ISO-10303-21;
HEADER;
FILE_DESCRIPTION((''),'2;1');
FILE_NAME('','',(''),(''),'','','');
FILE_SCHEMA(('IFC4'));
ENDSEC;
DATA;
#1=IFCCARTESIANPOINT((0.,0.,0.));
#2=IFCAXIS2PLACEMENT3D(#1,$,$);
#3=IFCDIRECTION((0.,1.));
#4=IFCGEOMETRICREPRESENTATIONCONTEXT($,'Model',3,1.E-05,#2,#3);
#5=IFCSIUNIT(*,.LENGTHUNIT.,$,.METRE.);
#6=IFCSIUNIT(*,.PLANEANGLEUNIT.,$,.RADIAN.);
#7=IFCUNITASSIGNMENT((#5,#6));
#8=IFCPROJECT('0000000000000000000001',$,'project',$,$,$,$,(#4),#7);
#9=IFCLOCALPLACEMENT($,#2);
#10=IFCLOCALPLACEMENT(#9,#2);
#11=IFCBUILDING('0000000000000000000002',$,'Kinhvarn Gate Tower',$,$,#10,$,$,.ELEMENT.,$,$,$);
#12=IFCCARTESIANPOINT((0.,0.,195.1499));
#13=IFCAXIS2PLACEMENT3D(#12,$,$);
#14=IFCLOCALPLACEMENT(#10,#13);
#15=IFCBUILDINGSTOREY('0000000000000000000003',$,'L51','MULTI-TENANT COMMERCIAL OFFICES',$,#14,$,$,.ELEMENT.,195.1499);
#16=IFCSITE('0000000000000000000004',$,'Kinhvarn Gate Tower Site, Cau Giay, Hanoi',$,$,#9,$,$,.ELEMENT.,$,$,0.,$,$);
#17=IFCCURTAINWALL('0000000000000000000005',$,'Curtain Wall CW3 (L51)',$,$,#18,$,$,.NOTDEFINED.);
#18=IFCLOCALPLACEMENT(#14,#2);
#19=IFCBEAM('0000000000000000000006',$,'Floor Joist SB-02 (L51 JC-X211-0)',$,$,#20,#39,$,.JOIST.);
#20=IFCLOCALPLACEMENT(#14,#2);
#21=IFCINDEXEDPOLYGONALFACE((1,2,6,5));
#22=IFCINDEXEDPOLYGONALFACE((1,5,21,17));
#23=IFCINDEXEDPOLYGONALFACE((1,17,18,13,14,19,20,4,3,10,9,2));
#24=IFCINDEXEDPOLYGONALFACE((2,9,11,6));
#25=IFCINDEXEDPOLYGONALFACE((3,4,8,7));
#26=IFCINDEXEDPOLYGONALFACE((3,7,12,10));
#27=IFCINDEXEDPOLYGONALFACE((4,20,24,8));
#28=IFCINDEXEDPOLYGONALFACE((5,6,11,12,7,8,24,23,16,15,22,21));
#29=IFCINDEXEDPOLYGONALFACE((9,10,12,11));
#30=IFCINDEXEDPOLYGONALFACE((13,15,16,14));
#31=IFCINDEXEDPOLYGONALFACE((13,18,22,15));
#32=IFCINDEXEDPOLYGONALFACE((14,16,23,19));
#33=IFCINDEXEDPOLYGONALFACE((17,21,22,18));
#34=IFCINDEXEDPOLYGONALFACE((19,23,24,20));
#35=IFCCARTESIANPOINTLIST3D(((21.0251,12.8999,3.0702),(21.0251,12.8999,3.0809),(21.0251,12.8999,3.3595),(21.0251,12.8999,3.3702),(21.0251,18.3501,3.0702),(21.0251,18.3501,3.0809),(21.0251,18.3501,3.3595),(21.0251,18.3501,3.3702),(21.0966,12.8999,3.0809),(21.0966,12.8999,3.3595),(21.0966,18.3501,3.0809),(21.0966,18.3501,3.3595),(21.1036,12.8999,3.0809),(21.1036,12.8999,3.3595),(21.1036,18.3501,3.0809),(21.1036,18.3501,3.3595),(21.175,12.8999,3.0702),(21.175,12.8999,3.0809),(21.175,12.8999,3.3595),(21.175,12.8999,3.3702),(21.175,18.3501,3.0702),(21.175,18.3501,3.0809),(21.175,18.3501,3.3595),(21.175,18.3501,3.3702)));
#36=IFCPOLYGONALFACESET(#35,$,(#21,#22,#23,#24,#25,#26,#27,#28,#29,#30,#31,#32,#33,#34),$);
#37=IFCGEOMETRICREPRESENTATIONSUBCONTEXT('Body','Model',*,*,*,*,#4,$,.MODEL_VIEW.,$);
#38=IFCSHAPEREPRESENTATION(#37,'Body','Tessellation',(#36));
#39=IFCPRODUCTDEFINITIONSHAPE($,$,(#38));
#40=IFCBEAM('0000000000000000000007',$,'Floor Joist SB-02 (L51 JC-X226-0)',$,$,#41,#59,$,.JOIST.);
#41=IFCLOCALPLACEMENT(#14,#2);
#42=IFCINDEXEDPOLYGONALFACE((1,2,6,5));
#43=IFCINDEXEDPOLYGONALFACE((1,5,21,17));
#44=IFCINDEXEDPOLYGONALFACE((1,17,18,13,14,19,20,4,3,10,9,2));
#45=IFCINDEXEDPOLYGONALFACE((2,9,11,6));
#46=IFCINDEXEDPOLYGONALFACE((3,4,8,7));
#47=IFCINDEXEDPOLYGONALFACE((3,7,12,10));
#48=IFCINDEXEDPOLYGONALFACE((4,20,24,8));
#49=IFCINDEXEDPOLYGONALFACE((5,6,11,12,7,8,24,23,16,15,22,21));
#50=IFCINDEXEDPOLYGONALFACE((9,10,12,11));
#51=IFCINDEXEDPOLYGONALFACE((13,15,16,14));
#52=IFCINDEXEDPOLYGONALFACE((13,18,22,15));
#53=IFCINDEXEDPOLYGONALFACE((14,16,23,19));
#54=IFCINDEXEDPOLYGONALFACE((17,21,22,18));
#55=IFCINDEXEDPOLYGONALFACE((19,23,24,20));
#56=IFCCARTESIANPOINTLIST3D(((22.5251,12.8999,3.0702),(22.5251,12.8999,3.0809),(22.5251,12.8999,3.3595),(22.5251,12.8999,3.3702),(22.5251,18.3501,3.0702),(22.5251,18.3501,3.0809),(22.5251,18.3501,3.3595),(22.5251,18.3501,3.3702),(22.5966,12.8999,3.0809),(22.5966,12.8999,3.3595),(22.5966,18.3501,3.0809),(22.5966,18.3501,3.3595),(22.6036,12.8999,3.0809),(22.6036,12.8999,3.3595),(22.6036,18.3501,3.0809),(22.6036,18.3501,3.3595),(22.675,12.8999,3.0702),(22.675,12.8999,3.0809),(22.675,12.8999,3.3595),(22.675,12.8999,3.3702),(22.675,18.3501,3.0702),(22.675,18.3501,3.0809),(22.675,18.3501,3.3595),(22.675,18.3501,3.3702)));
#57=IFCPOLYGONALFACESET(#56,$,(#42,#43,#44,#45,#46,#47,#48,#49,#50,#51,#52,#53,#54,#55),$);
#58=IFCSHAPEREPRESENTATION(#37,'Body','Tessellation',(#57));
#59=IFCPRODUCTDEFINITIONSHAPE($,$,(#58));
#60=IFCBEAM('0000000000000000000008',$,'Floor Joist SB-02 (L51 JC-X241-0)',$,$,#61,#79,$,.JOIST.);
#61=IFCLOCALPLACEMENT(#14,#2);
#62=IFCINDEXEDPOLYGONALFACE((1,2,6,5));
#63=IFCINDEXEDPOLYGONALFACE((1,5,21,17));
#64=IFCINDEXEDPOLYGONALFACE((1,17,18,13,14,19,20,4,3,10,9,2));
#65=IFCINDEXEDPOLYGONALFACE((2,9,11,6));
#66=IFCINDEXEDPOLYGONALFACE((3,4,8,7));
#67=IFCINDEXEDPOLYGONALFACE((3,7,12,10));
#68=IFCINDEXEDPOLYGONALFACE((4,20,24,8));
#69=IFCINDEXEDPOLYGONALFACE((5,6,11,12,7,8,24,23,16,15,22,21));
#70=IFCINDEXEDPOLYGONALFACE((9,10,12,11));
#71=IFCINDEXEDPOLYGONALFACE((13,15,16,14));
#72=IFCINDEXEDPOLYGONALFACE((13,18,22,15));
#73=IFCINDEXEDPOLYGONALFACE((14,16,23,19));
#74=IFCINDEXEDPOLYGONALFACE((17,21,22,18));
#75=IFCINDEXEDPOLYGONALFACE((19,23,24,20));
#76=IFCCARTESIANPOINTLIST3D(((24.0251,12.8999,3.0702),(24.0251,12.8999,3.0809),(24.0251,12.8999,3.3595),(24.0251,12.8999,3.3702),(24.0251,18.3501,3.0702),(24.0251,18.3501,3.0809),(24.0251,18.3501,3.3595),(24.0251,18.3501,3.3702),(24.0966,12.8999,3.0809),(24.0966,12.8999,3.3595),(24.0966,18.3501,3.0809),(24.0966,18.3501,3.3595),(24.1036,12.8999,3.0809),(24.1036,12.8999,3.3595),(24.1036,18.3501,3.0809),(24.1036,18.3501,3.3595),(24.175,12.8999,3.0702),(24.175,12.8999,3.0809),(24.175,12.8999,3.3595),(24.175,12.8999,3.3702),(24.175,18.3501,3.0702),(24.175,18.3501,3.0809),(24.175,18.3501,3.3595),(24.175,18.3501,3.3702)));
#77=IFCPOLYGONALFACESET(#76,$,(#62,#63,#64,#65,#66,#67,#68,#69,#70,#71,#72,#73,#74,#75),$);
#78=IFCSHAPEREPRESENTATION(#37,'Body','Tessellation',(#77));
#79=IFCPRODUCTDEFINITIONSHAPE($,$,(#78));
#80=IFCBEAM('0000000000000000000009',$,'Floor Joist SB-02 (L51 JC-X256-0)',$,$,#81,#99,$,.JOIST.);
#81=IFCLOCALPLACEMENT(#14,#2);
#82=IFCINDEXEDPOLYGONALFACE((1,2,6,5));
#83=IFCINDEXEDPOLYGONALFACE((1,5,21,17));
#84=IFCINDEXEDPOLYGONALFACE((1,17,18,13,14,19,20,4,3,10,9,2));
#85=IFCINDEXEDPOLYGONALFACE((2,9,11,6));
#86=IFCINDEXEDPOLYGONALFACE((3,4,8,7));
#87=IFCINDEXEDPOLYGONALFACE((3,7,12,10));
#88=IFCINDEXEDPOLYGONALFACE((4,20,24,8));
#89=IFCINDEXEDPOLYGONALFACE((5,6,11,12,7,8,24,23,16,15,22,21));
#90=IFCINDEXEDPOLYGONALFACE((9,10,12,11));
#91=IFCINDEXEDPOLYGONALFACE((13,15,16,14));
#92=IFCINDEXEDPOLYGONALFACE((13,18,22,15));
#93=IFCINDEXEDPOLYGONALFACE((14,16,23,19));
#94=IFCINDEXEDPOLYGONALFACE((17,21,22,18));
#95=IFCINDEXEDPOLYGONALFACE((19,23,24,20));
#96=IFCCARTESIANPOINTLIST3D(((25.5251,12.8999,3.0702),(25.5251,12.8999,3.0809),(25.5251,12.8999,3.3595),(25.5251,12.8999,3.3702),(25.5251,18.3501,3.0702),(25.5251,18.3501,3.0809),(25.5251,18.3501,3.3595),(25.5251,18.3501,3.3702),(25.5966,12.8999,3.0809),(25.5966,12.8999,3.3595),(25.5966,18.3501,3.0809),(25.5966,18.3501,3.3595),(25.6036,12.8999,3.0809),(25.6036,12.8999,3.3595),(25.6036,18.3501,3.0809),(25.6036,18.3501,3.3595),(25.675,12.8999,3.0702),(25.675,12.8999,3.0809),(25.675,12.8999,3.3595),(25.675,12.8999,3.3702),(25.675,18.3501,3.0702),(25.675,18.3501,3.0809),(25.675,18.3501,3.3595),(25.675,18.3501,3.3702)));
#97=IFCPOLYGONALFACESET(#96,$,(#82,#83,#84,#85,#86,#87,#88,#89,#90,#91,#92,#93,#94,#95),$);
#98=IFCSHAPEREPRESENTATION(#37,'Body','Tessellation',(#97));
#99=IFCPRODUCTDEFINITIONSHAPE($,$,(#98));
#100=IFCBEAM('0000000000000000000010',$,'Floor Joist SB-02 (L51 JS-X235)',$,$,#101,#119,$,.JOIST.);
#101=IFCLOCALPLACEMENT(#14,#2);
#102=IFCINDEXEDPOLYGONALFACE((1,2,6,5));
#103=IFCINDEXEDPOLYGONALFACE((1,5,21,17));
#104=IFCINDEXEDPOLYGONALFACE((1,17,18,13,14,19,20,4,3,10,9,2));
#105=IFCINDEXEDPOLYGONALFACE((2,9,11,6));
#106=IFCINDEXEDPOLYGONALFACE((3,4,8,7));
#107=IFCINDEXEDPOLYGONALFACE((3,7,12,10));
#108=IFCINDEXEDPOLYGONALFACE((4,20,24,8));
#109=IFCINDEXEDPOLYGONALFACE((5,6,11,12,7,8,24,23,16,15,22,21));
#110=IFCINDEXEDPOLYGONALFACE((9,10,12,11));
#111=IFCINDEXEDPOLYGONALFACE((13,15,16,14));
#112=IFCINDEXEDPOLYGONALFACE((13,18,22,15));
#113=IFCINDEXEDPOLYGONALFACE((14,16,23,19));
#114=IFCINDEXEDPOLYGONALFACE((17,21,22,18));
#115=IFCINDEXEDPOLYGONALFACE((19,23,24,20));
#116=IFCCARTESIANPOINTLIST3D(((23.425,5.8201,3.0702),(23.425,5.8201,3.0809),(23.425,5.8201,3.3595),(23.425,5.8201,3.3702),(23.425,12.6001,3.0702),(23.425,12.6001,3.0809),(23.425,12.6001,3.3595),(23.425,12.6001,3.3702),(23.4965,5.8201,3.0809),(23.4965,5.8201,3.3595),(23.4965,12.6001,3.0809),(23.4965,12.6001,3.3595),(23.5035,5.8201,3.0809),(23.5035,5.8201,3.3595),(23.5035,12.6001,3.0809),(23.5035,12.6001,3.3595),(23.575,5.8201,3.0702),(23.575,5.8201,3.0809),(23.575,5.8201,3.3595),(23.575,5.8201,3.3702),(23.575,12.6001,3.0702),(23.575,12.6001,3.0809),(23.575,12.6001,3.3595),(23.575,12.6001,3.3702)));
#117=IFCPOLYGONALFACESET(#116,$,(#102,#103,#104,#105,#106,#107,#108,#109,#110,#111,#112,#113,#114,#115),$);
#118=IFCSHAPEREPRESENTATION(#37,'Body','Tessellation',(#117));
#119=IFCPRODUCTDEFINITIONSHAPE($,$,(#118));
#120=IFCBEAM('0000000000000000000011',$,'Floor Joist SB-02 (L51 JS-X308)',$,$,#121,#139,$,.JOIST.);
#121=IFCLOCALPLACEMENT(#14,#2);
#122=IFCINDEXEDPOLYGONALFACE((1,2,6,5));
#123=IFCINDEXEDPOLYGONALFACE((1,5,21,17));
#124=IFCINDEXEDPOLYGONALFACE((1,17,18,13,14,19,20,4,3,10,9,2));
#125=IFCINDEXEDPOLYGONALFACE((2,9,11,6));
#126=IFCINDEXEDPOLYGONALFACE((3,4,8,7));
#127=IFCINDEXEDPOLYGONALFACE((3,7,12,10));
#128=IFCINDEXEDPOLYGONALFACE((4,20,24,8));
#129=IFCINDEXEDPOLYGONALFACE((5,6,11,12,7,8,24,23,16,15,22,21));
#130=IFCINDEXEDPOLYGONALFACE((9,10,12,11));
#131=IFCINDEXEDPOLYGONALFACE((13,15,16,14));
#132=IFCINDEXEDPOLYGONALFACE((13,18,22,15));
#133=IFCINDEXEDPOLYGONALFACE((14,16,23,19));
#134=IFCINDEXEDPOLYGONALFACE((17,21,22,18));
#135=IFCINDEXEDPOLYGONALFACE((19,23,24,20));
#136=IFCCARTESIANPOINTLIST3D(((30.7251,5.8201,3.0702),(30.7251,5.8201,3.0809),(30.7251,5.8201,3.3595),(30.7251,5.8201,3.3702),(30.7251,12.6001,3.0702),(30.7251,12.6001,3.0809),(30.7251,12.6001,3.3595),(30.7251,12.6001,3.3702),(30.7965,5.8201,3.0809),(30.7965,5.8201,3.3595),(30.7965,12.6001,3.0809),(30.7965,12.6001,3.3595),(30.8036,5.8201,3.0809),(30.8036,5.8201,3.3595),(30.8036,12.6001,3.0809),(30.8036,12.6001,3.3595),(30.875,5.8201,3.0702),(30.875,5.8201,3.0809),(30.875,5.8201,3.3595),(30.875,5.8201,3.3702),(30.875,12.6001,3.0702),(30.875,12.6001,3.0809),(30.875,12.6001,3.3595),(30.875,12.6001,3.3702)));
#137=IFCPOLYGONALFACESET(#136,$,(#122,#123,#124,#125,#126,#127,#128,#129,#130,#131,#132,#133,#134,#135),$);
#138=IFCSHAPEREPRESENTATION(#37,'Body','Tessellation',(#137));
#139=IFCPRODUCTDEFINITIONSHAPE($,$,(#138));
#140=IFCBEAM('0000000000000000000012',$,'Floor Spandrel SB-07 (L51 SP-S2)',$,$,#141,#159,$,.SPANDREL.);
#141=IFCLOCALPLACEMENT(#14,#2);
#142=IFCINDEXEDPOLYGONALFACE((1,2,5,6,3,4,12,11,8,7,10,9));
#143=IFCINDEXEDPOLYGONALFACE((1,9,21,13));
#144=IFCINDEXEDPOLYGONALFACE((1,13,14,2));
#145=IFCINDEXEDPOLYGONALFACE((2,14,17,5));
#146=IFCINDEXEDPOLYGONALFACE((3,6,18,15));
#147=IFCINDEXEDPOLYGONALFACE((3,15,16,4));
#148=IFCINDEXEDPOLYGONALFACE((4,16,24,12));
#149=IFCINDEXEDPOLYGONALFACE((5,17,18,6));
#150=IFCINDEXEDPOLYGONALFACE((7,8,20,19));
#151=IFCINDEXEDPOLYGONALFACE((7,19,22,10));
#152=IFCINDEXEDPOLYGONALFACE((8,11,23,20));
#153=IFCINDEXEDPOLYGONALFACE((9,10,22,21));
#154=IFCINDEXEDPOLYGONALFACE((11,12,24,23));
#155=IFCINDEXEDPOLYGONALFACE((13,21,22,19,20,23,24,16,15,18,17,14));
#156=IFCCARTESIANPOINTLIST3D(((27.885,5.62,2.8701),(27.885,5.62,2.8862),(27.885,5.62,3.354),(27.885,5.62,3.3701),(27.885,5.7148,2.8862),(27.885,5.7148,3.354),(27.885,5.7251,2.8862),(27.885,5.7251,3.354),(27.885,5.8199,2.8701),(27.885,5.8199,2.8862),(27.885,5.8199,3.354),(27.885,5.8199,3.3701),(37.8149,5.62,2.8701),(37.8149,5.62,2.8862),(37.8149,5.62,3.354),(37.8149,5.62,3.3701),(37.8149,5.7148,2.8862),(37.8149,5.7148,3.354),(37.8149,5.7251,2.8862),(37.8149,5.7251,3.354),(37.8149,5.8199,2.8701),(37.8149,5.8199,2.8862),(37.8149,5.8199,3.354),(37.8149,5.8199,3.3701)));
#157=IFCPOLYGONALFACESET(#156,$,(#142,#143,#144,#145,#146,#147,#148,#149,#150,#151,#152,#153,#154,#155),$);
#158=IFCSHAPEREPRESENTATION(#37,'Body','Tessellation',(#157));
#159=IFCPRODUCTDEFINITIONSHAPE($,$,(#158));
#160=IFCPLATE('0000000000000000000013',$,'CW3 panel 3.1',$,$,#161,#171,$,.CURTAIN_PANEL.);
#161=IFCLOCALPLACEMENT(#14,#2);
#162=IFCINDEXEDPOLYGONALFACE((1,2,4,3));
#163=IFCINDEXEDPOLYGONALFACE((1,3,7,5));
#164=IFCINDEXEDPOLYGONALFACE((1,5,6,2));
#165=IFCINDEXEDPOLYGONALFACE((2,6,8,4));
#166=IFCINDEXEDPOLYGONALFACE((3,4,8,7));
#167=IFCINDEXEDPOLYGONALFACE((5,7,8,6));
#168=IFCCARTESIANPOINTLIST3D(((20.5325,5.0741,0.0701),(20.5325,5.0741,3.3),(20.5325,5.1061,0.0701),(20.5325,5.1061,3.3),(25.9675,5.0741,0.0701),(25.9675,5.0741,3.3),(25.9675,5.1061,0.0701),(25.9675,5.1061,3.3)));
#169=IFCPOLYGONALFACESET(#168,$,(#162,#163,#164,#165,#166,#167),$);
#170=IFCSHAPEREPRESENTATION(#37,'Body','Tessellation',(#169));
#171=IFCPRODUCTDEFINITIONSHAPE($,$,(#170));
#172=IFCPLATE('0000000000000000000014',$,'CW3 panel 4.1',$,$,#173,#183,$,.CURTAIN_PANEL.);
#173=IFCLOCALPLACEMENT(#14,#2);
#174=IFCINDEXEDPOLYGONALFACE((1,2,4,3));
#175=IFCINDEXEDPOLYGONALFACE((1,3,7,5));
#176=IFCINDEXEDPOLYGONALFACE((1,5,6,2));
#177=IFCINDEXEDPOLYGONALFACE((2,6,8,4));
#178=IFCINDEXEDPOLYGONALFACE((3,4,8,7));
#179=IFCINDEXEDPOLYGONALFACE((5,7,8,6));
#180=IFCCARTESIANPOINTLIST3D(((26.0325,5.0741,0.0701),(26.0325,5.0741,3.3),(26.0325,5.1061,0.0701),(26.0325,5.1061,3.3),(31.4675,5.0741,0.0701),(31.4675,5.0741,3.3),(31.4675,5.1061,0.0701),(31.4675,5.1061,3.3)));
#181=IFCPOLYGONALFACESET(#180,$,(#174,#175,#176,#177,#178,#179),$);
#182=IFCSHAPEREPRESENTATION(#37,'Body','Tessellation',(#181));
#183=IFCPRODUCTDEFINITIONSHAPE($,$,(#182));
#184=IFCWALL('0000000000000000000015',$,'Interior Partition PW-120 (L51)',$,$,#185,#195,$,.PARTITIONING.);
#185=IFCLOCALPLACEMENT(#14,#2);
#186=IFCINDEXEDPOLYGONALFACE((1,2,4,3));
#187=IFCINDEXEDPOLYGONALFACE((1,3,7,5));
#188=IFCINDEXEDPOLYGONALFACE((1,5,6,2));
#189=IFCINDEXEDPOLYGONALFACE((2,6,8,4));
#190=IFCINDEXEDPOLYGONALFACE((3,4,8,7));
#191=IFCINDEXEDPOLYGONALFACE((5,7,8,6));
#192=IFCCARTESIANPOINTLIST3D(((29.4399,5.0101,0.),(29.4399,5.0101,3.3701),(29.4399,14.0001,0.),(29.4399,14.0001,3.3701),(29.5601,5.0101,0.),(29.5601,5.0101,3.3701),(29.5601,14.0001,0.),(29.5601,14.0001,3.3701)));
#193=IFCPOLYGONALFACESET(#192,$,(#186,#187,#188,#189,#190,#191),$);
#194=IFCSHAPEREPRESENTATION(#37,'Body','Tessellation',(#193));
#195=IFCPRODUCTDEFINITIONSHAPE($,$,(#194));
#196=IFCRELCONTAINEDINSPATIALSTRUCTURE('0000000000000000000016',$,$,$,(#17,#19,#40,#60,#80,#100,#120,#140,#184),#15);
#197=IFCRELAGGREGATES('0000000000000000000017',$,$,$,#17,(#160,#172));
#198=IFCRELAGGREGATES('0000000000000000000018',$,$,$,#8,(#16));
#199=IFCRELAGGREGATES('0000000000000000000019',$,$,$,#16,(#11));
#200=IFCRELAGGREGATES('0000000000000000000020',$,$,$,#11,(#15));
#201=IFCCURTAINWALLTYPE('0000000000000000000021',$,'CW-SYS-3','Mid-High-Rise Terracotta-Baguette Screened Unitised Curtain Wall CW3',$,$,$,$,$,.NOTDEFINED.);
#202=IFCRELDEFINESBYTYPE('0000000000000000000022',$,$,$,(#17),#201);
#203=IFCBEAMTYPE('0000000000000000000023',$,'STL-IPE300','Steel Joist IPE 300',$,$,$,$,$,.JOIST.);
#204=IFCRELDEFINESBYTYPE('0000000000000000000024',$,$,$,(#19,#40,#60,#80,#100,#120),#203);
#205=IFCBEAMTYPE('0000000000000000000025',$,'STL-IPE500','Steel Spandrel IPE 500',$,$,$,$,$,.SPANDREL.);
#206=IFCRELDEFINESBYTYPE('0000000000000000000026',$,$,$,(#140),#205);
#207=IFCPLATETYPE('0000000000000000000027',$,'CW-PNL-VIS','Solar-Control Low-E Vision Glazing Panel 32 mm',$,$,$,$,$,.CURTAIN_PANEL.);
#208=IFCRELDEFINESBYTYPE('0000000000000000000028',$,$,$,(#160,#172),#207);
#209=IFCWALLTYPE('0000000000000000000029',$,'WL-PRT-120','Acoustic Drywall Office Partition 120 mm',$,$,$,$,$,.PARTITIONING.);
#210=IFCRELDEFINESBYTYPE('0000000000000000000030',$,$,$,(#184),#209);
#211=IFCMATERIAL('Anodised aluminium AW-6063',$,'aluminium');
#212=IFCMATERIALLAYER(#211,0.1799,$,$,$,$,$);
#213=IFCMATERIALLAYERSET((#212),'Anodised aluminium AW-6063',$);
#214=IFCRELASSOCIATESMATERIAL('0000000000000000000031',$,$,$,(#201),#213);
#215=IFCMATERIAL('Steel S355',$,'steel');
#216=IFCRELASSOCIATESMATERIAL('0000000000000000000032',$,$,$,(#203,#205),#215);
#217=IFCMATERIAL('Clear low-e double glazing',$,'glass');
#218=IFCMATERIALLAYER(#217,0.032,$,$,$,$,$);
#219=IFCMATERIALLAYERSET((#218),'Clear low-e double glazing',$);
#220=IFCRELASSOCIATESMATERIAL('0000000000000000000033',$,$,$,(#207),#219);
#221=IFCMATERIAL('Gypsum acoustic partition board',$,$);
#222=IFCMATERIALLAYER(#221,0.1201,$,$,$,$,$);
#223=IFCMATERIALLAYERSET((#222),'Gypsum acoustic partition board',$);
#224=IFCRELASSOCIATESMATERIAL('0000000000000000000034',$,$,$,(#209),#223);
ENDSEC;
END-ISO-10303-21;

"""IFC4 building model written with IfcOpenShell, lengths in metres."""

from ifc_helpers import new_model, si_unit, direction, frame, frame_2d, origin, origin_2d, place, context, subcontext, project, spatial, rectangle, i_section, extrude, material, layer, layer_set, material_profile, profile_set, type_object, element, aggregate, save


model = new_model("IFC4")

# Units and contexts
model_context = context("Model", 3, precision=1e-05, world=origin(), true_north=direction((0.0, 1.0)))
body_context = subcontext(model_context, "Body", "Model", "MODEL_VIEW")
ifc_project = project(units=[si_unit("LENGTHUNIT", "METRE"), si_unit("PLANEANGLEUNIT", "RADIAN")], contexts=[model_context])

# Site, building, storey
site_placement = place(None, origin())
site = spatial("IfcSite", under=ifc_project, at=site_placement, Name="Kinhvarn Gate Tower Site, Cau Giay, Hanoi", CompositionType="ELEMENT", RefElevation=0.0)
building_placement = place(site_placement, origin())
building = spatial("IfcBuilding", under=site, at=building_placement, Name="Kinhvarn Gate Tower", CompositionType="ELEMENT")
storey_placement = place(building_placement, frame((0.0, 0.0, 195.1499)))
storey = spatial("IfcBuildingStorey", under=building, at=storey_placement, Name="L51", Description="MULTI-TENANT COMMERCIAL OFFICES", CompositionType="ELEMENT", Elevation=195.1499)

# Curtain wall
ifc_material_1 = material(Name="Anodised aluminium AW-6063", Category="aluminium")
ifc_layer_1 = layer(ifc_material_1, 0.1799)
ifc_layer_set_1 = layer_set([ifc_layer_1], Name="Anodised aluminium AW-6063")
curtain_wall_type = type_object("IfcCurtainWallType", Name="CW-SYS-3", Description="Mid-High-Rise Terracotta-Baguette Screened Unitised Curtain Wall CW3", PredefinedType="NOTDEFINED", material=ifc_layer_set_1)
curtain_wall_placement = place(storey_placement, origin())
curtain_wall = element("IfcCurtainWall", 1, at=curtain_wall_placement, inside=storey, type_object=curtain_wall_type, Name="Curtain Wall CW3 (L51)", PredefinedType="NOTDEFINED")

# Beams
ifc_material_2 = material(Name="Steel S355", Category="steel")
ifc_material_profile_1 = material_profile(ifc_material_2, i_section(OverallWidth=0.1499, OverallDepth=0.3, WebThickness=0.0071, FlangeThickness=0.0107, at=origin_2d()), Name="IPE 300")
ifc_profile_set_1 = profile_set([ifc_material_profile_1], Name="Steel S355")
beam_type_1 = type_object("IfcBeamType", Name="STL-IPE300", Description="Steel Joist IPE 300", PredefinedType="JOIST", material=ifc_profile_set_1)
for number, where, z_axis, x_axis, name in (
    (2, (21.1001, 12.8999, 3.2202), (0.0, 1.0, 0.0), (-1.0, 0.0, 0.0), "Floor Joist SB-02 (L51 JC-X211-0)"),
    (3, (22.6001, 12.8999, 3.2202), (0.0, 1.0, 0.0), (-1.0, 0.0, 0.0), "Floor Joist SB-02 (L51 JC-X226-0)"),
    (4, (24.1001, 12.8999, 3.2202), (0.0, 1.0, 0.0), (-1.0, 0.0, 0.0), "Floor Joist SB-02 (L51 JC-X241-0)"),
    (5, (25.6001, 12.8999, 3.2202), (0.0, 1.0, 0.0), (-1.0, 0.0, 0.0), "Floor Joist SB-02 (L51 JC-X256-0)"),
):
    element("IfcBeam", number, at=place(storey_placement, frame(where, z_axis=z_axis, x_axis=x_axis)), inside=storey, type_object=beam_type_1, Name=name, PredefinedType="JOIST", context=body_context, shape_type="SweptSolid", body=[
        extrude(i_section(OverallWidth=0.1499, OverallDepth=0.3, WebThickness=0.0071, FlangeThickness=0.0107, at=origin_2d()), origin(), (0.0, 0.0, 1.0), 5.4502),
    ])
for number, where, z_axis, x_axis, name in (
    (6, (23.5, 5.8201, 3.2202), (0.0, 1.0, 0.0), (-1.0, 0.0, 0.0), "Floor Joist SB-02 (L51 JS-X235)"),
    (7, (30.8, 5.8201, 3.2202), (0.0, 1.0, 0.0), (-1.0, 0.0, 0.0), "Floor Joist SB-02 (L51 JS-X308)"),
):
    element("IfcBeam", number, at=place(storey_placement, frame(where, z_axis=z_axis, x_axis=x_axis)), inside=storey, type_object=beam_type_1, Name=name, PredefinedType="JOIST", context=body_context, shape_type="SweptSolid", body=[
        extrude(i_section(OverallWidth=0.1499, OverallDepth=0.3, WebThickness=0.0071, FlangeThickness=0.0107, at=origin_2d()), origin(), (0.0, 0.0, 1.0), 6.78),
    ])
ifc_material_profile_2 = material_profile(ifc_material_2, i_section(OverallWidth=0.2, OverallDepth=0.5, WebThickness=0.0103, FlangeThickness=0.0161, at=origin_2d()), Name="IPE 500")
ifc_profile_set_2 = profile_set([ifc_material_profile_2], Name="Steel S355")
beam_type_2 = type_object("IfcBeamType", Name="STL-IPE500", Description="Steel Spandrel IPE 500", PredefinedType="SPANDREL", material=ifc_profile_set_2)
beam_1_placement = place(storey_placement, frame((27.885, 5.72, 3.1201), z_axis=(1.0, 0.0, 0.0), x_axis=(0.0, 1.0, 0.0)))
element("IfcBeam", 8, at=beam_1_placement, inside=storey, type_object=beam_type_2, Name="Floor Spandrel SB-07 (L51 SP-S2)", PredefinedType="SPANDREL", context=body_context, shape_type="SweptSolid", body=[
    extrude(i_section(OverallWidth=0.2, OverallDepth=0.5, WebThickness=0.0103, FlangeThickness=0.0161, at=origin_2d()), origin(), (0.0, 0.0, 1.0), 9.9299),
])

# Plates
ifc_material_3 = material(Name="Clear low-e double glazing", Category="glass")
ifc_layer_2 = layer(ifc_material_3, 0.032)
ifc_layer_set_2 = layer_set([ifc_layer_2], Name="Clear low-e double glazing")
plate_type = type_object("IfcPlateType", Name="CW-PNL-VIS", Description="Solar-Control Low-E Vision Glazing Panel 32 mm", PredefinedType="CURTAIN_PANEL", material=ifc_layer_set_2)
plate_1_placement = place(storey_placement, frame((23.25, 5.0901, 0.0701), z_axis=(0.0, 0.0, 1.0), x_axis=(1.0, 0.0, 0.0)))
plate_1 = element("IfcPlate", 9, at=plate_1_placement, type_object=plate_type, Name="CW3 panel 3.1", PredefinedType="CURTAIN_PANEL", context=body_context, shape_type="SweptSolid", body=[
    extrude(rectangle(XDim=5.4351, YDim=0.032, at=origin_2d()), origin(), (0.0, 0.0, 1.0), 3.23),
])
plate_2_placement = place(storey_placement, frame((28.75, 5.0901, 0.0701), z_axis=(0.0, 0.0, 1.0), x_axis=(1.0, 0.0, 0.0)))
plate_2 = element("IfcPlate", 10, at=plate_2_placement, type_object=plate_type, Name="CW3 panel 4.1", PredefinedType="CURTAIN_PANEL", context=body_context, shape_type="SweptSolid", body=[
    extrude(rectangle(XDim=5.4351, YDim=0.032, at=origin_2d()), origin(), (0.0, 0.0, 1.0), 3.23),
])
aggregate(curtain_wall, [plate_1, plate_2])

# Wall
ifc_material_4 = material(Name="Gypsum acoustic partition board")
ifc_layer_3 = layer(ifc_material_4, 0.1201)
ifc_layer_set_3 = layer_set([ifc_layer_3], Name="Gypsum acoustic partition board")
wall_type = type_object("IfcWallType", Name="WL-PRT-120", Description="Acoustic Drywall Office Partition 120 mm", PredefinedType="PARTITIONING", material=ifc_layer_set_3)
wall_placement = place(storey_placement, frame((29.5, 5.01, 0.0), z_axis=(0.0, 0.0, 1.0), x_axis=(0.0, 1.0, 0.0)))
element("IfcWall", 11, at=wall_placement, inside=storey, type_object=wall_type, Name="Interior Partition PW-120 (L51)", PredefinedType="PARTITIONING", context=body_context, shape_type="SweptSolid", body=[
    extrude(rectangle(XDim=8.99, YDim=0.1201, at=frame_2d((4.4951, 0.0))), origin(), (0.0, 0.0, 1.0), 3.3701),
])

save(model, "model.ifc")
